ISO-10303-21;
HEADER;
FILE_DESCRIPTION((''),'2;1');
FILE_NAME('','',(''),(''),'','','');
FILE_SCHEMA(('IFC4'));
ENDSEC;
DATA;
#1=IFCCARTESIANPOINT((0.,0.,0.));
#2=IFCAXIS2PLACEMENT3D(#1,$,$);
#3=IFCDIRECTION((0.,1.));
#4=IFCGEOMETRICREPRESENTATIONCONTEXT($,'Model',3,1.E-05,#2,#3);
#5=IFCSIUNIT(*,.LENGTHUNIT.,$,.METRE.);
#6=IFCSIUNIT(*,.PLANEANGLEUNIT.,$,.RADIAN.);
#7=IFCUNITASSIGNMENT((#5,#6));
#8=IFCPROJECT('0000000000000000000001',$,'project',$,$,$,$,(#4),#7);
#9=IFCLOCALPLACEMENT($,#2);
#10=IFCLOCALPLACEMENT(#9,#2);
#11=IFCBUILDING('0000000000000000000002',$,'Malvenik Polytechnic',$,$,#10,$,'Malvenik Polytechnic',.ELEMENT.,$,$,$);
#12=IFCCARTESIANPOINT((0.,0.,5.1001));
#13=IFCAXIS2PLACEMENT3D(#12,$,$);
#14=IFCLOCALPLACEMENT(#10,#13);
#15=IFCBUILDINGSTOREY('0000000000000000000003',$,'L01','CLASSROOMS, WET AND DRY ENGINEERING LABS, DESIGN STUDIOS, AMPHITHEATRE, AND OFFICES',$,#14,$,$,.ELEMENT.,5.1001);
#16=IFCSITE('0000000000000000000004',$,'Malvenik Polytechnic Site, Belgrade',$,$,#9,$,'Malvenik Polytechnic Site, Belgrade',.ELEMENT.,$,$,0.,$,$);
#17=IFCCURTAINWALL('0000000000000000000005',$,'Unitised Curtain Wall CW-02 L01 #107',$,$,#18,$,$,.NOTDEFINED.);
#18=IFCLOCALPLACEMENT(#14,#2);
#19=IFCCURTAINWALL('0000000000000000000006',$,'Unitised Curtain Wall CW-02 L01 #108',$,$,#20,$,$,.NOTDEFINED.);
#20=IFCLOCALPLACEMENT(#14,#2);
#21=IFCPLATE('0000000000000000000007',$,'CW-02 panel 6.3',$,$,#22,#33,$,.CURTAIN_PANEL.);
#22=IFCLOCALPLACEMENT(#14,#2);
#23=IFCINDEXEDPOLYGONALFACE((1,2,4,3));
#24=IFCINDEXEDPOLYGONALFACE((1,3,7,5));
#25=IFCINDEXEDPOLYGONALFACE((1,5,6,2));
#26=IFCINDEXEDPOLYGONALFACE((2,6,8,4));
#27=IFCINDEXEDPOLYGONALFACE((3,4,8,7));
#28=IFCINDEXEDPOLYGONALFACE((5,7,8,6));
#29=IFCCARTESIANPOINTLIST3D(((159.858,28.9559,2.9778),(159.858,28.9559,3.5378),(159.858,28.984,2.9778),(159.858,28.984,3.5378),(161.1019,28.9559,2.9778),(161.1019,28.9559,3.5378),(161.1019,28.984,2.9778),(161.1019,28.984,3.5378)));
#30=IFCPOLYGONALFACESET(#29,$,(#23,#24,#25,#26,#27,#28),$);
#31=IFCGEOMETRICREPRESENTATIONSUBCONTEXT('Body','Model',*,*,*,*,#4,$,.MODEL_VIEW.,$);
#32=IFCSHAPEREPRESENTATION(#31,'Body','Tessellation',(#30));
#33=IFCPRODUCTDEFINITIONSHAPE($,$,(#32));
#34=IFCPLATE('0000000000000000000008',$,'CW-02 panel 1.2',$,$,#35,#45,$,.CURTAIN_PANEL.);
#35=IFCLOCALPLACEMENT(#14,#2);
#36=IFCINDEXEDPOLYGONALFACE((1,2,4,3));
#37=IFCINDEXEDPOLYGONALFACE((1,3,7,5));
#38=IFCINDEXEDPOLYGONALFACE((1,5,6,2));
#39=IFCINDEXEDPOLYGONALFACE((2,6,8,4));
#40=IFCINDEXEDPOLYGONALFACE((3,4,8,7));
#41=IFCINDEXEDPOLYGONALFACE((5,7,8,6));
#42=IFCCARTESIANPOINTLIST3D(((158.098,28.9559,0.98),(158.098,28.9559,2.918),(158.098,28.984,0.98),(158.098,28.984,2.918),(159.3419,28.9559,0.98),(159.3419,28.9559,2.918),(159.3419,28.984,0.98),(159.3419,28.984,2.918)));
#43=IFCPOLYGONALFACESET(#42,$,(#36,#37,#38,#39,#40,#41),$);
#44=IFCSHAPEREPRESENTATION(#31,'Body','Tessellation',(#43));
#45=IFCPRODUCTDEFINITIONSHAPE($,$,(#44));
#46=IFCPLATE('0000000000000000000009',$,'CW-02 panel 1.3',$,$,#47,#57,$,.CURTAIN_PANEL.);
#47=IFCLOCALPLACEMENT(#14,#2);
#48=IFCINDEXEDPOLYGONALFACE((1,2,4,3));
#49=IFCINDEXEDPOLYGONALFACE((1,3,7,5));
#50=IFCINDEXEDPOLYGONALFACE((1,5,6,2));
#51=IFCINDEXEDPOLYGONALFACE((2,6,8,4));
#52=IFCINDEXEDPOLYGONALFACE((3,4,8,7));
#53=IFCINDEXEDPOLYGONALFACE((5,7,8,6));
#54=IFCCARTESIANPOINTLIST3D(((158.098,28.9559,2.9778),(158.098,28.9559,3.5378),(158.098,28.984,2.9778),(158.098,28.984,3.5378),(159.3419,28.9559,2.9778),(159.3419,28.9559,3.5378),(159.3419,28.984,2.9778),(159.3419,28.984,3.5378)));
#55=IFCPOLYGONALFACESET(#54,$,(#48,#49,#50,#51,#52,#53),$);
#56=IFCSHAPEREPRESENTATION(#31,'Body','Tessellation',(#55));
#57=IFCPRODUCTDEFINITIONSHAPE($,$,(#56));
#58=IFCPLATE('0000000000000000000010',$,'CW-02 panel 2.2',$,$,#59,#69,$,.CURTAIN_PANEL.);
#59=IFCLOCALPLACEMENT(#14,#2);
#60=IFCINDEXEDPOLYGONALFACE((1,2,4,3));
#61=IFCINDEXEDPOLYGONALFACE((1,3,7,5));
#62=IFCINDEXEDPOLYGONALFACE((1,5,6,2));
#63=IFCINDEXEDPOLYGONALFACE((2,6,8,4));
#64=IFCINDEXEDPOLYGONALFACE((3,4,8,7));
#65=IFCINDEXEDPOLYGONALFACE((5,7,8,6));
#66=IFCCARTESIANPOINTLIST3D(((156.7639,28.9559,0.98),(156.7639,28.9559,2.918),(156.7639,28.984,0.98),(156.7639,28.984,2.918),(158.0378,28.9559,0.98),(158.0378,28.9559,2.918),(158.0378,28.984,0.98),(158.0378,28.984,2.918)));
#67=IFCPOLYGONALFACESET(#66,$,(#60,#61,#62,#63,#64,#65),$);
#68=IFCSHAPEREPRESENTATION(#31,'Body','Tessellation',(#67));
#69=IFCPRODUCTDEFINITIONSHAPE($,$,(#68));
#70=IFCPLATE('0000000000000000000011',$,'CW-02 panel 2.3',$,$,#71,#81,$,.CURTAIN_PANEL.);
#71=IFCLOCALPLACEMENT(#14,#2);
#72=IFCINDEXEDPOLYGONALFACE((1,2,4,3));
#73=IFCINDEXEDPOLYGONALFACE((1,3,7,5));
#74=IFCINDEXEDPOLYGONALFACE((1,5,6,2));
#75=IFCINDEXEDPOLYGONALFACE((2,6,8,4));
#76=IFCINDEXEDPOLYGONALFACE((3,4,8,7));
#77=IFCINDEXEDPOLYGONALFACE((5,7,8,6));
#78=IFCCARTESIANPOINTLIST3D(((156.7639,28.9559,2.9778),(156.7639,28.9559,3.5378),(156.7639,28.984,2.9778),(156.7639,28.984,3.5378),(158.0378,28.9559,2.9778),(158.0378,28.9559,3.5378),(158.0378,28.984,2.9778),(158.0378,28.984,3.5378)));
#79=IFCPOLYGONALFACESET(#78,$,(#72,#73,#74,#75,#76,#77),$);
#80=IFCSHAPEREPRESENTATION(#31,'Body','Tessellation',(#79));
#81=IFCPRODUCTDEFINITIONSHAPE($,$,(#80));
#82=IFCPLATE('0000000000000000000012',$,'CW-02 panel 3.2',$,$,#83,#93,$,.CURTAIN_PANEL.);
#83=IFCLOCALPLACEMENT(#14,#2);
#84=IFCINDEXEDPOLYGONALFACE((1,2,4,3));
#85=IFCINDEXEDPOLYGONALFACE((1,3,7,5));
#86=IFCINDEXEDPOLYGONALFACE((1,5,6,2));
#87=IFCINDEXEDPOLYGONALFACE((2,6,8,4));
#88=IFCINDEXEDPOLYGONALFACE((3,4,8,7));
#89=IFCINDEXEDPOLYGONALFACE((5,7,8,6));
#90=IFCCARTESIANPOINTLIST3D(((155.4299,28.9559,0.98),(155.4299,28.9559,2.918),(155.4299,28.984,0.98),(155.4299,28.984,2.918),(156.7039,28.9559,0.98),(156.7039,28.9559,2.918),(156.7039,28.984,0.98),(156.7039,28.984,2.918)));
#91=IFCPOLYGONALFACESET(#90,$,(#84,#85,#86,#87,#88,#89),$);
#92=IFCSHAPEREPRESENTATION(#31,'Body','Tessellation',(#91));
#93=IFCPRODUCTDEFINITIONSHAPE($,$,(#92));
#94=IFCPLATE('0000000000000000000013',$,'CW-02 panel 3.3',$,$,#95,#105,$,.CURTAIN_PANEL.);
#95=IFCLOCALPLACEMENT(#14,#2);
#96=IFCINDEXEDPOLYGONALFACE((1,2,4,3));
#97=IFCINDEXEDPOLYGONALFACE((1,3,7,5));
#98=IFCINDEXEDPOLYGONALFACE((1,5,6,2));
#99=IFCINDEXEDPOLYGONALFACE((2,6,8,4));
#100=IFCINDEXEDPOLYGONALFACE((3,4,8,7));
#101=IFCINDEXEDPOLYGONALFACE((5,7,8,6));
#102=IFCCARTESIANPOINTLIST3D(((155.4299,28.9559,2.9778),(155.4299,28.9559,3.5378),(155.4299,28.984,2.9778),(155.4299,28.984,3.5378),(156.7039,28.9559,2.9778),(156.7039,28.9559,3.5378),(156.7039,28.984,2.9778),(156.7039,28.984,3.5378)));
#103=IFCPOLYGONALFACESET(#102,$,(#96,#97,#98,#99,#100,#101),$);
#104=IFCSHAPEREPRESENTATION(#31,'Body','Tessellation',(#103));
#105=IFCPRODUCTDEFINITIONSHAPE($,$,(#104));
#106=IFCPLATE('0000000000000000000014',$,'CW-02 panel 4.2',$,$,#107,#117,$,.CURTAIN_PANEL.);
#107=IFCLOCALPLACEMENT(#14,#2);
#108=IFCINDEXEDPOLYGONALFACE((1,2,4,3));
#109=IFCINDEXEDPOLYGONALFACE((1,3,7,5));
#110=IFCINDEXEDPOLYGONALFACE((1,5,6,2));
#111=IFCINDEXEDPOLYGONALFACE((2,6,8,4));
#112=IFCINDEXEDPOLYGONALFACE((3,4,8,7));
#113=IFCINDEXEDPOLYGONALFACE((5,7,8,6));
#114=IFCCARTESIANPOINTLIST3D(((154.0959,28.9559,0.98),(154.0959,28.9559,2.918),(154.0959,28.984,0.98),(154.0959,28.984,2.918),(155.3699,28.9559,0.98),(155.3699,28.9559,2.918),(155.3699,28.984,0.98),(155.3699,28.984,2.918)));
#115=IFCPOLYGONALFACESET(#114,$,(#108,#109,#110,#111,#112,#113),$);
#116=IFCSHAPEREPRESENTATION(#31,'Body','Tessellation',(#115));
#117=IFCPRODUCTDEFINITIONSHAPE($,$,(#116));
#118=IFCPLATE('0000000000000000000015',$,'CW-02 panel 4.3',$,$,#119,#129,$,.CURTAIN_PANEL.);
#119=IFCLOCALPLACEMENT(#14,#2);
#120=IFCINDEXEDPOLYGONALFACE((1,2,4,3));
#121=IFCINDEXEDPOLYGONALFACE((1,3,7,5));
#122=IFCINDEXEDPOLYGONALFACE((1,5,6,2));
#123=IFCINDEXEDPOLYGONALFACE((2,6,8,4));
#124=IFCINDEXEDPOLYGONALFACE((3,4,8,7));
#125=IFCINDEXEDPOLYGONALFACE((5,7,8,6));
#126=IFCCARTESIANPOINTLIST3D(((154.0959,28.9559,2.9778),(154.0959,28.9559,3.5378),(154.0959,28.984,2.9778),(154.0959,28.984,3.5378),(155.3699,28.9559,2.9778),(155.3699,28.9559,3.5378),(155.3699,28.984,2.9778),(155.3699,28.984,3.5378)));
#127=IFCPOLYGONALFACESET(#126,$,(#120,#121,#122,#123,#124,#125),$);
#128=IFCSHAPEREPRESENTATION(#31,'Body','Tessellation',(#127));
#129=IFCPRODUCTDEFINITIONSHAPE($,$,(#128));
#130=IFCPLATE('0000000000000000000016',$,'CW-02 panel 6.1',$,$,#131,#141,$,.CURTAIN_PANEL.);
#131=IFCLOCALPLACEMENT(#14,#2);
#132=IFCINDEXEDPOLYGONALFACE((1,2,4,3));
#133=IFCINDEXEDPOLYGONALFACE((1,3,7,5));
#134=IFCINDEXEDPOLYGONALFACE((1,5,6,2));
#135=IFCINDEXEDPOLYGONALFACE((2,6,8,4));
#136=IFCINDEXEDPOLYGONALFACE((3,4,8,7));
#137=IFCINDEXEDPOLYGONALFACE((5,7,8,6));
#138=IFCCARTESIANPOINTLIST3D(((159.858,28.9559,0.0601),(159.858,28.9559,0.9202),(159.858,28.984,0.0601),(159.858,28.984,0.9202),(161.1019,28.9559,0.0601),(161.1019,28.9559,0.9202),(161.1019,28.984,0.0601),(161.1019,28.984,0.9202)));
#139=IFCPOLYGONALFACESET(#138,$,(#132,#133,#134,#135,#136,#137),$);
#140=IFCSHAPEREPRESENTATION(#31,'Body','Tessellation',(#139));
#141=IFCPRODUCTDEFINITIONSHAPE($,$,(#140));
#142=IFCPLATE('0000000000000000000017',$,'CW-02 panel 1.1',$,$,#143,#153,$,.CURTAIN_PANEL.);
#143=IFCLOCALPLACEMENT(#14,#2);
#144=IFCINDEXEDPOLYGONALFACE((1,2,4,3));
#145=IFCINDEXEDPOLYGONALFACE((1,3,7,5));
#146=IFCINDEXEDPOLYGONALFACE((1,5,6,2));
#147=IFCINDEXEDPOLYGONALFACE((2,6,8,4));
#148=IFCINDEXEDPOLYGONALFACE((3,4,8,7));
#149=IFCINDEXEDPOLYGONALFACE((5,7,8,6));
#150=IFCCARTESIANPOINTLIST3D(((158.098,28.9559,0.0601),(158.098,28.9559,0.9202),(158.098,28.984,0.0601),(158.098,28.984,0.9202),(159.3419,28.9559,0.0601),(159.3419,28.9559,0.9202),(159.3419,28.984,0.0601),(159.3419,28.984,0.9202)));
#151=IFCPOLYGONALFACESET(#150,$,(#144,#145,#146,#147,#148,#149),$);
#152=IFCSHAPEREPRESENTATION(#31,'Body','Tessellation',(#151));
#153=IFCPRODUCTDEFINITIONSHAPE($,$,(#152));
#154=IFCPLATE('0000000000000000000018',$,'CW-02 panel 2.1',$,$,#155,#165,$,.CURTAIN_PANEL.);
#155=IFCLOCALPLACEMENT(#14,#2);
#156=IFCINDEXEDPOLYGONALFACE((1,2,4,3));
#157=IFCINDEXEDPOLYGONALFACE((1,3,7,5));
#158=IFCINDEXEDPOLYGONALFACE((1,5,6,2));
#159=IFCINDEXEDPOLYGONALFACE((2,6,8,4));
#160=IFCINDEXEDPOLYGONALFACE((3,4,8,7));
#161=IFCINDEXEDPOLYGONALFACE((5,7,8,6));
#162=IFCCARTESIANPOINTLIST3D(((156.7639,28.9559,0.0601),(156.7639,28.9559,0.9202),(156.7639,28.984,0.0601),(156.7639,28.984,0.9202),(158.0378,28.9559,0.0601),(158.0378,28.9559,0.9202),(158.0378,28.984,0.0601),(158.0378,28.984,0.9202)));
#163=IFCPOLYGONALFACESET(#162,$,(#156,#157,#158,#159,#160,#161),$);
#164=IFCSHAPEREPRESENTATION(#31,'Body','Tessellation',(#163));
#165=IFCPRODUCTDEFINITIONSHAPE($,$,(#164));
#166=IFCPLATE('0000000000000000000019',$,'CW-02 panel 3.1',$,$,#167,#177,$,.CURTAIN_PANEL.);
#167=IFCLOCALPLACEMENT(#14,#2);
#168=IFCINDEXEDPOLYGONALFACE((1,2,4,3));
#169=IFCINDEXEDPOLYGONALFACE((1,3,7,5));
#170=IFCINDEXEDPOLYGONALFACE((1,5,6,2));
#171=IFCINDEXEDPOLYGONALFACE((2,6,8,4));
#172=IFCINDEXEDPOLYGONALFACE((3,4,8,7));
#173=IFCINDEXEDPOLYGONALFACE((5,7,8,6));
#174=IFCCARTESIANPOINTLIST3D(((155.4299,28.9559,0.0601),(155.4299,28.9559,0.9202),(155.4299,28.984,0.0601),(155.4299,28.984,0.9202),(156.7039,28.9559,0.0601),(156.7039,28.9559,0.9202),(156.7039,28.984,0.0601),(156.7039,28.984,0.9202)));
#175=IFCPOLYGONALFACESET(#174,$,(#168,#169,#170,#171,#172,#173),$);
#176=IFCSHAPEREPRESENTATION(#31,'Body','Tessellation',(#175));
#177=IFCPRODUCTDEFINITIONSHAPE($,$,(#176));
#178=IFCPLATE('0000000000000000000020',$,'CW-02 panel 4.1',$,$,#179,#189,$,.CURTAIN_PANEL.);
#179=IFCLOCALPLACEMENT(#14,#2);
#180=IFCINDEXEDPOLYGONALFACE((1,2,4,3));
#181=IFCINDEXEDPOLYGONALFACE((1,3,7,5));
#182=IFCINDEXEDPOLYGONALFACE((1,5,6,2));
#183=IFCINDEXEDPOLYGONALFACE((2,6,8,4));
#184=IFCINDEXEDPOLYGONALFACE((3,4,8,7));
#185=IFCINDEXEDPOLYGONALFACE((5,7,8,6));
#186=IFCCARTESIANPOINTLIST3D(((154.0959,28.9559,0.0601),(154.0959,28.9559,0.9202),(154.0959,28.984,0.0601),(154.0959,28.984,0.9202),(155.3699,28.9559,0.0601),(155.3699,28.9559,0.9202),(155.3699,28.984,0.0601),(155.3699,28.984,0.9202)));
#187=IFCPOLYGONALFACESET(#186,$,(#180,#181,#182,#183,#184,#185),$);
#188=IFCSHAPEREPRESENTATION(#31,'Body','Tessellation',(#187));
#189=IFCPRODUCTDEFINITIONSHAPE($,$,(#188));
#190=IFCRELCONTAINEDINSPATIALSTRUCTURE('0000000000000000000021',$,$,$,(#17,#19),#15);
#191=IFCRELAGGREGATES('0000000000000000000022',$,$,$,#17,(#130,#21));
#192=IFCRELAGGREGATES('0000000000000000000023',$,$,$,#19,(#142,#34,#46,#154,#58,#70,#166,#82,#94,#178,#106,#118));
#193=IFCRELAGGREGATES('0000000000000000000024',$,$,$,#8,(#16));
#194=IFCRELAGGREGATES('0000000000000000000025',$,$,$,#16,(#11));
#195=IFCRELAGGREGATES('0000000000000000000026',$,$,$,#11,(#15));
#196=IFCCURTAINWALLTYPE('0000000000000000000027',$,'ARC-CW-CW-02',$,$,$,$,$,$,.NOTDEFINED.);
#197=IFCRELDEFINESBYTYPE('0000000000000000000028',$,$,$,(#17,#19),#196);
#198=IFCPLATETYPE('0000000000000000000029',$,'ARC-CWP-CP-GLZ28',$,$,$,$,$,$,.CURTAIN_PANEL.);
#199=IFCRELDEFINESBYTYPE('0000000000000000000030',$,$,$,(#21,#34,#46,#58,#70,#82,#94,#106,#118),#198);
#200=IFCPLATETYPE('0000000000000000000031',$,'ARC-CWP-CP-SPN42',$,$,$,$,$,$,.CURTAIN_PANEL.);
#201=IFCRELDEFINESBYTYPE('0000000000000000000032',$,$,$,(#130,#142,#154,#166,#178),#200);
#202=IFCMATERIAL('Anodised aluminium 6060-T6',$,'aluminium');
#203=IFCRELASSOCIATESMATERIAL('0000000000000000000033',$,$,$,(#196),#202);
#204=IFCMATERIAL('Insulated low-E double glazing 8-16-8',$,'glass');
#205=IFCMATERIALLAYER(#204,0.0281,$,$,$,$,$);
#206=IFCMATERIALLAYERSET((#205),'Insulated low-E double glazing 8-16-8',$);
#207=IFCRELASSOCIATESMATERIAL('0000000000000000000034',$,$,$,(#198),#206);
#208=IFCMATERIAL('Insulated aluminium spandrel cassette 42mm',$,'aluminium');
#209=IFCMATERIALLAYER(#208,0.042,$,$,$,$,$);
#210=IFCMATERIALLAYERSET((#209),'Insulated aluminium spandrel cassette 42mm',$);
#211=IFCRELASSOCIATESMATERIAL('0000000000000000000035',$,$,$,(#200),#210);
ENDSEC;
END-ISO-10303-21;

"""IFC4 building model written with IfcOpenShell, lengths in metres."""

from ifc_helpers import new_model, si_unit, direction, frame, origin, origin_2d, place, context, subcontext, project, spatial, rectangle, extrude, material, layer, layer_set, type_object, element, aggregate, save


model = new_model("IFC4")

# Units and contexts
model_context = context("Model", 3, precision=1e-05, world=origin(), true_north=direction((0.0, 1.0)))
body_context = subcontext(model_context, "Body", "Model", "MODEL_VIEW")
ifc_project = project(units=[si_unit("LENGTHUNIT", "METRE"), si_unit("PLANEANGLEUNIT", "RADIAN")], contexts=[model_context])

# Site, building, storey
site_placement = place(None, origin())
site = spatial("IfcSite", under=ifc_project, at=site_placement, Name="Malvenik Polytechnic Site, Belgrade", LongName="Malvenik Polytechnic Site, Belgrade", CompositionType="ELEMENT", RefElevation=0.0)
building_placement = place(site_placement, origin())
building = spatial("IfcBuilding", under=site, at=building_placement, Name="Malvenik Polytechnic", LongName="Malvenik Polytechnic", CompositionType="ELEMENT")
storey_placement = place(building_placement, frame((0.0, 0.0, 5.1001)))
storey = spatial("IfcBuildingStorey", under=building, at=storey_placement, Name="L01", Description="CLASSROOMS, WET AND DRY ENGINEERING LABS, DESIGN STUDIOS, AMPHITHEATRE, AND OFFICES", CompositionType="ELEMENT", Elevation=5.1001)

# Curtain wall
ifc_material_1 = material(Name="Anodised aluminium 6060-T6", Category="aluminium")
curtain_wall_type = type_object("IfcCurtainWallType", Name="ARC-CW-CW-02", PredefinedType="NOTDEFINED", material=ifc_material_1)
curtain_wall_1_placement = place(storey_placement, origin())
curtain_wall_1 = element("IfcCurtainWall", 1, at=curtain_wall_1_placement, inside=storey, type_object=curtain_wall_type, Name="Unitised Curtain Wall CW-02 L01 #107", PredefinedType="NOTDEFINED")

# Curtain wall
curtain_wall_2_placement = place(storey_placement, origin())
curtain_wall_2 = element("IfcCurtainWall", 2, at=curtain_wall_2_placement, inside=storey, type_object=curtain_wall_type, Name="Unitised Curtain Wall CW-02 L01 #108", PredefinedType="NOTDEFINED")

# Plates
ifc_material_2 = material(Name="Insulated low-E double glazing 8-16-8", Category="glass")
ifc_layer_1 = layer(ifc_material_2, 0.0281)
ifc_layer_set_1 = layer_set([ifc_layer_1], Name="Insulated low-E double glazing 8-16-8")
plate_type_1 = type_object("IfcPlateType", Name="ARC-CWP-CP-GLZ28", PredefinedType="CURTAIN_PANEL", material=ifc_layer_set_1)
plate_1_placement = place(storey_placement, frame((160.48, 28.97, 2.9778), z_axis=(0.0, 0.0, 1.0), x_axis=(-1.0, 0.0, 0.0)))
plate_1 = element("IfcPlate", 3, at=plate_1_placement, type_object=plate_type_1, Name="CW-02 panel 6.3", PredefinedType="CURTAIN_PANEL", context=body_context, shape_type="SweptSolid", body=[
    extrude(rectangle(XDim=1.2439, YDim=0.0281, at=origin_2d()), origin(), (0.0, 0.0, 1.0), 0.5601),
])
plate_2_placement = place(storey_placement, frame((158.72, 28.97, 0.98), z_axis=(0.0, 0.0, 1.0), x_axis=(-1.0, 0.0, 0.0)))
plate_2 = element("IfcPlate", 4, at=plate_2_placement, type_object=plate_type_1, Name="CW-02 panel 1.2", PredefinedType="CURTAIN_PANEL", context=body_context, shape_type="SweptSolid", body=[
    extrude(rectangle(XDim=1.2439, YDim=0.0281, at=origin_2d()), origin(), (0.0, 0.0, 1.0), 1.938),
])
plate_3_placement = place(storey_placement, frame((158.72, 28.97, 2.9778), z_axis=(0.0, 0.0, 1.0), x_axis=(-1.0, 0.0, 0.0)))
plate_3 = element("IfcPlate", 5, at=plate_3_placement, type_object=plate_type_1, Name="CW-02 panel 1.3", PredefinedType="CURTAIN_PANEL", context=body_context, shape_type="SweptSolid", body=[
    extrude(rectangle(XDim=1.2439, YDim=0.0281, at=origin_2d()), origin(), (0.0, 0.0, 1.0), 0.5601),
])
plate_4_placement = place(storey_placement, frame((157.4009, 28.97, 0.98), z_axis=(0.0, 0.0, 1.0), x_axis=(-1.0, 0.0, 0.0)))
plate_4 = element("IfcPlate", 6, at=plate_4_placement, type_object=plate_type_1, Name="CW-02 panel 2.2", PredefinedType="CURTAIN_PANEL", context=body_context, shape_type="SweptSolid", body=[
    extrude(rectangle(XDim=1.2739, YDim=0.0281, at=origin_2d()), origin(), (0.0, 0.0, 1.0), 1.938),
])
plate_5_placement = place(storey_placement, frame((157.4009, 28.97, 2.9778), z_axis=(0.0, 0.0, 1.0), x_axis=(-1.0, 0.0, 0.0)))
plate_5 = element("IfcPlate", 7, at=plate_5_placement, type_object=plate_type_1, Name="CW-02 panel 2.3", PredefinedType="CURTAIN_PANEL", context=body_context, shape_type="SweptSolid", body=[
    extrude(rectangle(XDim=1.2739, YDim=0.0281, at=origin_2d()), origin(), (0.0, 0.0, 1.0), 0.5601),
])
plate_6_placement = place(storey_placement, frame((156.0669, 28.97, 0.98), z_axis=(0.0, 0.0, 1.0), x_axis=(-1.0, 0.0, 0.0)))
plate_6 = element("IfcPlate", 8, at=plate_6_placement, type_object=plate_type_1, Name="CW-02 panel 3.2", PredefinedType="CURTAIN_PANEL", context=body_context, shape_type="SweptSolid", body=[
    extrude(rectangle(XDim=1.2739, YDim=0.0281, at=origin_2d()), origin(), (0.0, 0.0, 1.0), 1.938),
])
plate_7_placement = place(storey_placement, frame((156.0669, 28.97, 2.9778), z_axis=(0.0, 0.0, 1.0), x_axis=(-1.0, 0.0, 0.0)))
plate_7 = element("IfcPlate", 9, at=plate_7_placement, type_object=plate_type_1, Name="CW-02 panel 3.3", PredefinedType="CURTAIN_PANEL", context=body_context, shape_type="SweptSolid", body=[
    extrude(rectangle(XDim=1.2739, YDim=0.0281, at=origin_2d()), origin(), (0.0, 0.0, 1.0), 0.5601),
])
plate_8_placement = place(storey_placement, frame((154.7329, 28.97, 0.98), z_axis=(0.0, 0.0, 1.0), x_axis=(-1.0, 0.0, 0.0)))
plate_8 = element("IfcPlate", 10, at=plate_8_placement, type_object=plate_type_1, Name="CW-02 panel 4.2", PredefinedType="CURTAIN_PANEL", context=body_context, shape_type="SweptSolid", body=[
    extrude(rectangle(XDim=1.2739, YDim=0.0281, at=origin_2d()), origin(), (0.0, 0.0, 1.0), 1.938),
])
plate_9_placement = place(storey_placement, frame((154.7329, 28.97, 2.9778), z_axis=(0.0, 0.0, 1.0), x_axis=(-1.0, 0.0, 0.0)))
plate_9 = element("IfcPlate", 11, at=plate_9_placement, type_object=plate_type_1, Name="CW-02 panel 4.3", PredefinedType="CURTAIN_PANEL", context=body_context, shape_type="SweptSolid", body=[
    extrude(rectangle(XDim=1.2739, YDim=0.0281, at=origin_2d()), origin(), (0.0, 0.0, 1.0), 0.5601),
])
ifc_material_3 = material(Name="Insulated aluminium spandrel cassette 42mm", Category="aluminium")
ifc_layer_2 = layer(ifc_material_3, 0.042)
ifc_layer_set_2 = layer_set([ifc_layer_2], Name="Insulated aluminium spandrel cassette 42mm")
plate_type_2 = type_object("IfcPlateType", Name="ARC-CWP-CP-SPN42", PredefinedType="CURTAIN_PANEL", material=ifc_layer_set_2)
plate_10_placement = place(storey_placement, frame((160.48, 28.97, 0.0601), z_axis=(0.0, 0.0, 1.0), x_axis=(-1.0, 0.0, 0.0)))
plate_10 = element("IfcPlate", 12, at=plate_10_placement, type_object=plate_type_2, Name="CW-02 panel 6.1", PredefinedType="CURTAIN_PANEL", context=body_context, shape_type="SweptSolid", body=[
    extrude(rectangle(XDim=1.2439, YDim=0.0281, at=origin_2d()), origin(), (0.0, 0.0, 1.0), 0.8601),
])
aggregate(curtain_wall_1, [plate_10, plate_1])
plate_11_placement = place(storey_placement, frame((158.72, 28.97, 0.0601), z_axis=(0.0, 0.0, 1.0), x_axis=(-1.0, 0.0, 0.0)))
plate_11 = element("IfcPlate", 13, at=plate_11_placement, type_object=plate_type_2, Name="CW-02 panel 1.1", PredefinedType="CURTAIN_PANEL", context=body_context, shape_type="SweptSolid", body=[
    extrude(rectangle(XDim=1.2439, YDim=0.0281, at=origin_2d()), origin(), (0.0, 0.0, 1.0), 0.8601),
])
plate_12_placement = place(storey_placement, frame((157.4009, 28.97, 0.0601), z_axis=(0.0, 0.0, 1.0), x_axis=(-1.0, 0.0, 0.0)))
plate_12 = element("IfcPlate", 14, at=plate_12_placement, type_object=plate_type_2, Name="CW-02 panel 2.1", PredefinedType="CURTAIN_PANEL", context=body_context, shape_type="SweptSolid", body=[
    extrude(rectangle(XDim=1.2739, YDim=0.0281, at=origin_2d()), origin(), (0.0, 0.0, 1.0), 0.8601),
])
plate_13_placement = place(storey_placement, frame((156.0669, 28.97, 0.0601), z_axis=(0.0, 0.0, 1.0), x_axis=(-1.0, 0.0, 0.0)))
plate_13 = element("IfcPlate", 15, at=plate_13_placement, type_object=plate_type_2, Name="CW-02 panel 3.1", PredefinedType="CURTAIN_PANEL", context=body_context, shape_type="SweptSolid", body=[
    extrude(rectangle(XDim=1.2739, YDim=0.0281, at=origin_2d()), origin(), (0.0, 0.0, 1.0), 0.8601),
])
plate_14_placement = place(storey_placement, frame((154.7329, 28.97, 0.0601), z_axis=(0.0, 0.0, 1.0), x_axis=(-1.0, 0.0, 0.0)))
plate_14 = element("IfcPlate", 16, at=plate_14_placement, type_object=plate_type_2, Name="CW-02 panel 4.1", PredefinedType="CURTAIN_PANEL", context=body_context, shape_type="SweptSolid", body=[
    extrude(rectangle(XDim=1.2739, YDim=0.0281, at=origin_2d()), origin(), (0.0, 0.0, 1.0), 0.8601),
])
aggregate(curtain_wall_2, [plate_11, plate_2, plate_3, plate_12, plate_4, plate_5, plate_13, plate_6, plate_7, plate_14, plate_8, plate_9])

save(model, "model.ifc")
